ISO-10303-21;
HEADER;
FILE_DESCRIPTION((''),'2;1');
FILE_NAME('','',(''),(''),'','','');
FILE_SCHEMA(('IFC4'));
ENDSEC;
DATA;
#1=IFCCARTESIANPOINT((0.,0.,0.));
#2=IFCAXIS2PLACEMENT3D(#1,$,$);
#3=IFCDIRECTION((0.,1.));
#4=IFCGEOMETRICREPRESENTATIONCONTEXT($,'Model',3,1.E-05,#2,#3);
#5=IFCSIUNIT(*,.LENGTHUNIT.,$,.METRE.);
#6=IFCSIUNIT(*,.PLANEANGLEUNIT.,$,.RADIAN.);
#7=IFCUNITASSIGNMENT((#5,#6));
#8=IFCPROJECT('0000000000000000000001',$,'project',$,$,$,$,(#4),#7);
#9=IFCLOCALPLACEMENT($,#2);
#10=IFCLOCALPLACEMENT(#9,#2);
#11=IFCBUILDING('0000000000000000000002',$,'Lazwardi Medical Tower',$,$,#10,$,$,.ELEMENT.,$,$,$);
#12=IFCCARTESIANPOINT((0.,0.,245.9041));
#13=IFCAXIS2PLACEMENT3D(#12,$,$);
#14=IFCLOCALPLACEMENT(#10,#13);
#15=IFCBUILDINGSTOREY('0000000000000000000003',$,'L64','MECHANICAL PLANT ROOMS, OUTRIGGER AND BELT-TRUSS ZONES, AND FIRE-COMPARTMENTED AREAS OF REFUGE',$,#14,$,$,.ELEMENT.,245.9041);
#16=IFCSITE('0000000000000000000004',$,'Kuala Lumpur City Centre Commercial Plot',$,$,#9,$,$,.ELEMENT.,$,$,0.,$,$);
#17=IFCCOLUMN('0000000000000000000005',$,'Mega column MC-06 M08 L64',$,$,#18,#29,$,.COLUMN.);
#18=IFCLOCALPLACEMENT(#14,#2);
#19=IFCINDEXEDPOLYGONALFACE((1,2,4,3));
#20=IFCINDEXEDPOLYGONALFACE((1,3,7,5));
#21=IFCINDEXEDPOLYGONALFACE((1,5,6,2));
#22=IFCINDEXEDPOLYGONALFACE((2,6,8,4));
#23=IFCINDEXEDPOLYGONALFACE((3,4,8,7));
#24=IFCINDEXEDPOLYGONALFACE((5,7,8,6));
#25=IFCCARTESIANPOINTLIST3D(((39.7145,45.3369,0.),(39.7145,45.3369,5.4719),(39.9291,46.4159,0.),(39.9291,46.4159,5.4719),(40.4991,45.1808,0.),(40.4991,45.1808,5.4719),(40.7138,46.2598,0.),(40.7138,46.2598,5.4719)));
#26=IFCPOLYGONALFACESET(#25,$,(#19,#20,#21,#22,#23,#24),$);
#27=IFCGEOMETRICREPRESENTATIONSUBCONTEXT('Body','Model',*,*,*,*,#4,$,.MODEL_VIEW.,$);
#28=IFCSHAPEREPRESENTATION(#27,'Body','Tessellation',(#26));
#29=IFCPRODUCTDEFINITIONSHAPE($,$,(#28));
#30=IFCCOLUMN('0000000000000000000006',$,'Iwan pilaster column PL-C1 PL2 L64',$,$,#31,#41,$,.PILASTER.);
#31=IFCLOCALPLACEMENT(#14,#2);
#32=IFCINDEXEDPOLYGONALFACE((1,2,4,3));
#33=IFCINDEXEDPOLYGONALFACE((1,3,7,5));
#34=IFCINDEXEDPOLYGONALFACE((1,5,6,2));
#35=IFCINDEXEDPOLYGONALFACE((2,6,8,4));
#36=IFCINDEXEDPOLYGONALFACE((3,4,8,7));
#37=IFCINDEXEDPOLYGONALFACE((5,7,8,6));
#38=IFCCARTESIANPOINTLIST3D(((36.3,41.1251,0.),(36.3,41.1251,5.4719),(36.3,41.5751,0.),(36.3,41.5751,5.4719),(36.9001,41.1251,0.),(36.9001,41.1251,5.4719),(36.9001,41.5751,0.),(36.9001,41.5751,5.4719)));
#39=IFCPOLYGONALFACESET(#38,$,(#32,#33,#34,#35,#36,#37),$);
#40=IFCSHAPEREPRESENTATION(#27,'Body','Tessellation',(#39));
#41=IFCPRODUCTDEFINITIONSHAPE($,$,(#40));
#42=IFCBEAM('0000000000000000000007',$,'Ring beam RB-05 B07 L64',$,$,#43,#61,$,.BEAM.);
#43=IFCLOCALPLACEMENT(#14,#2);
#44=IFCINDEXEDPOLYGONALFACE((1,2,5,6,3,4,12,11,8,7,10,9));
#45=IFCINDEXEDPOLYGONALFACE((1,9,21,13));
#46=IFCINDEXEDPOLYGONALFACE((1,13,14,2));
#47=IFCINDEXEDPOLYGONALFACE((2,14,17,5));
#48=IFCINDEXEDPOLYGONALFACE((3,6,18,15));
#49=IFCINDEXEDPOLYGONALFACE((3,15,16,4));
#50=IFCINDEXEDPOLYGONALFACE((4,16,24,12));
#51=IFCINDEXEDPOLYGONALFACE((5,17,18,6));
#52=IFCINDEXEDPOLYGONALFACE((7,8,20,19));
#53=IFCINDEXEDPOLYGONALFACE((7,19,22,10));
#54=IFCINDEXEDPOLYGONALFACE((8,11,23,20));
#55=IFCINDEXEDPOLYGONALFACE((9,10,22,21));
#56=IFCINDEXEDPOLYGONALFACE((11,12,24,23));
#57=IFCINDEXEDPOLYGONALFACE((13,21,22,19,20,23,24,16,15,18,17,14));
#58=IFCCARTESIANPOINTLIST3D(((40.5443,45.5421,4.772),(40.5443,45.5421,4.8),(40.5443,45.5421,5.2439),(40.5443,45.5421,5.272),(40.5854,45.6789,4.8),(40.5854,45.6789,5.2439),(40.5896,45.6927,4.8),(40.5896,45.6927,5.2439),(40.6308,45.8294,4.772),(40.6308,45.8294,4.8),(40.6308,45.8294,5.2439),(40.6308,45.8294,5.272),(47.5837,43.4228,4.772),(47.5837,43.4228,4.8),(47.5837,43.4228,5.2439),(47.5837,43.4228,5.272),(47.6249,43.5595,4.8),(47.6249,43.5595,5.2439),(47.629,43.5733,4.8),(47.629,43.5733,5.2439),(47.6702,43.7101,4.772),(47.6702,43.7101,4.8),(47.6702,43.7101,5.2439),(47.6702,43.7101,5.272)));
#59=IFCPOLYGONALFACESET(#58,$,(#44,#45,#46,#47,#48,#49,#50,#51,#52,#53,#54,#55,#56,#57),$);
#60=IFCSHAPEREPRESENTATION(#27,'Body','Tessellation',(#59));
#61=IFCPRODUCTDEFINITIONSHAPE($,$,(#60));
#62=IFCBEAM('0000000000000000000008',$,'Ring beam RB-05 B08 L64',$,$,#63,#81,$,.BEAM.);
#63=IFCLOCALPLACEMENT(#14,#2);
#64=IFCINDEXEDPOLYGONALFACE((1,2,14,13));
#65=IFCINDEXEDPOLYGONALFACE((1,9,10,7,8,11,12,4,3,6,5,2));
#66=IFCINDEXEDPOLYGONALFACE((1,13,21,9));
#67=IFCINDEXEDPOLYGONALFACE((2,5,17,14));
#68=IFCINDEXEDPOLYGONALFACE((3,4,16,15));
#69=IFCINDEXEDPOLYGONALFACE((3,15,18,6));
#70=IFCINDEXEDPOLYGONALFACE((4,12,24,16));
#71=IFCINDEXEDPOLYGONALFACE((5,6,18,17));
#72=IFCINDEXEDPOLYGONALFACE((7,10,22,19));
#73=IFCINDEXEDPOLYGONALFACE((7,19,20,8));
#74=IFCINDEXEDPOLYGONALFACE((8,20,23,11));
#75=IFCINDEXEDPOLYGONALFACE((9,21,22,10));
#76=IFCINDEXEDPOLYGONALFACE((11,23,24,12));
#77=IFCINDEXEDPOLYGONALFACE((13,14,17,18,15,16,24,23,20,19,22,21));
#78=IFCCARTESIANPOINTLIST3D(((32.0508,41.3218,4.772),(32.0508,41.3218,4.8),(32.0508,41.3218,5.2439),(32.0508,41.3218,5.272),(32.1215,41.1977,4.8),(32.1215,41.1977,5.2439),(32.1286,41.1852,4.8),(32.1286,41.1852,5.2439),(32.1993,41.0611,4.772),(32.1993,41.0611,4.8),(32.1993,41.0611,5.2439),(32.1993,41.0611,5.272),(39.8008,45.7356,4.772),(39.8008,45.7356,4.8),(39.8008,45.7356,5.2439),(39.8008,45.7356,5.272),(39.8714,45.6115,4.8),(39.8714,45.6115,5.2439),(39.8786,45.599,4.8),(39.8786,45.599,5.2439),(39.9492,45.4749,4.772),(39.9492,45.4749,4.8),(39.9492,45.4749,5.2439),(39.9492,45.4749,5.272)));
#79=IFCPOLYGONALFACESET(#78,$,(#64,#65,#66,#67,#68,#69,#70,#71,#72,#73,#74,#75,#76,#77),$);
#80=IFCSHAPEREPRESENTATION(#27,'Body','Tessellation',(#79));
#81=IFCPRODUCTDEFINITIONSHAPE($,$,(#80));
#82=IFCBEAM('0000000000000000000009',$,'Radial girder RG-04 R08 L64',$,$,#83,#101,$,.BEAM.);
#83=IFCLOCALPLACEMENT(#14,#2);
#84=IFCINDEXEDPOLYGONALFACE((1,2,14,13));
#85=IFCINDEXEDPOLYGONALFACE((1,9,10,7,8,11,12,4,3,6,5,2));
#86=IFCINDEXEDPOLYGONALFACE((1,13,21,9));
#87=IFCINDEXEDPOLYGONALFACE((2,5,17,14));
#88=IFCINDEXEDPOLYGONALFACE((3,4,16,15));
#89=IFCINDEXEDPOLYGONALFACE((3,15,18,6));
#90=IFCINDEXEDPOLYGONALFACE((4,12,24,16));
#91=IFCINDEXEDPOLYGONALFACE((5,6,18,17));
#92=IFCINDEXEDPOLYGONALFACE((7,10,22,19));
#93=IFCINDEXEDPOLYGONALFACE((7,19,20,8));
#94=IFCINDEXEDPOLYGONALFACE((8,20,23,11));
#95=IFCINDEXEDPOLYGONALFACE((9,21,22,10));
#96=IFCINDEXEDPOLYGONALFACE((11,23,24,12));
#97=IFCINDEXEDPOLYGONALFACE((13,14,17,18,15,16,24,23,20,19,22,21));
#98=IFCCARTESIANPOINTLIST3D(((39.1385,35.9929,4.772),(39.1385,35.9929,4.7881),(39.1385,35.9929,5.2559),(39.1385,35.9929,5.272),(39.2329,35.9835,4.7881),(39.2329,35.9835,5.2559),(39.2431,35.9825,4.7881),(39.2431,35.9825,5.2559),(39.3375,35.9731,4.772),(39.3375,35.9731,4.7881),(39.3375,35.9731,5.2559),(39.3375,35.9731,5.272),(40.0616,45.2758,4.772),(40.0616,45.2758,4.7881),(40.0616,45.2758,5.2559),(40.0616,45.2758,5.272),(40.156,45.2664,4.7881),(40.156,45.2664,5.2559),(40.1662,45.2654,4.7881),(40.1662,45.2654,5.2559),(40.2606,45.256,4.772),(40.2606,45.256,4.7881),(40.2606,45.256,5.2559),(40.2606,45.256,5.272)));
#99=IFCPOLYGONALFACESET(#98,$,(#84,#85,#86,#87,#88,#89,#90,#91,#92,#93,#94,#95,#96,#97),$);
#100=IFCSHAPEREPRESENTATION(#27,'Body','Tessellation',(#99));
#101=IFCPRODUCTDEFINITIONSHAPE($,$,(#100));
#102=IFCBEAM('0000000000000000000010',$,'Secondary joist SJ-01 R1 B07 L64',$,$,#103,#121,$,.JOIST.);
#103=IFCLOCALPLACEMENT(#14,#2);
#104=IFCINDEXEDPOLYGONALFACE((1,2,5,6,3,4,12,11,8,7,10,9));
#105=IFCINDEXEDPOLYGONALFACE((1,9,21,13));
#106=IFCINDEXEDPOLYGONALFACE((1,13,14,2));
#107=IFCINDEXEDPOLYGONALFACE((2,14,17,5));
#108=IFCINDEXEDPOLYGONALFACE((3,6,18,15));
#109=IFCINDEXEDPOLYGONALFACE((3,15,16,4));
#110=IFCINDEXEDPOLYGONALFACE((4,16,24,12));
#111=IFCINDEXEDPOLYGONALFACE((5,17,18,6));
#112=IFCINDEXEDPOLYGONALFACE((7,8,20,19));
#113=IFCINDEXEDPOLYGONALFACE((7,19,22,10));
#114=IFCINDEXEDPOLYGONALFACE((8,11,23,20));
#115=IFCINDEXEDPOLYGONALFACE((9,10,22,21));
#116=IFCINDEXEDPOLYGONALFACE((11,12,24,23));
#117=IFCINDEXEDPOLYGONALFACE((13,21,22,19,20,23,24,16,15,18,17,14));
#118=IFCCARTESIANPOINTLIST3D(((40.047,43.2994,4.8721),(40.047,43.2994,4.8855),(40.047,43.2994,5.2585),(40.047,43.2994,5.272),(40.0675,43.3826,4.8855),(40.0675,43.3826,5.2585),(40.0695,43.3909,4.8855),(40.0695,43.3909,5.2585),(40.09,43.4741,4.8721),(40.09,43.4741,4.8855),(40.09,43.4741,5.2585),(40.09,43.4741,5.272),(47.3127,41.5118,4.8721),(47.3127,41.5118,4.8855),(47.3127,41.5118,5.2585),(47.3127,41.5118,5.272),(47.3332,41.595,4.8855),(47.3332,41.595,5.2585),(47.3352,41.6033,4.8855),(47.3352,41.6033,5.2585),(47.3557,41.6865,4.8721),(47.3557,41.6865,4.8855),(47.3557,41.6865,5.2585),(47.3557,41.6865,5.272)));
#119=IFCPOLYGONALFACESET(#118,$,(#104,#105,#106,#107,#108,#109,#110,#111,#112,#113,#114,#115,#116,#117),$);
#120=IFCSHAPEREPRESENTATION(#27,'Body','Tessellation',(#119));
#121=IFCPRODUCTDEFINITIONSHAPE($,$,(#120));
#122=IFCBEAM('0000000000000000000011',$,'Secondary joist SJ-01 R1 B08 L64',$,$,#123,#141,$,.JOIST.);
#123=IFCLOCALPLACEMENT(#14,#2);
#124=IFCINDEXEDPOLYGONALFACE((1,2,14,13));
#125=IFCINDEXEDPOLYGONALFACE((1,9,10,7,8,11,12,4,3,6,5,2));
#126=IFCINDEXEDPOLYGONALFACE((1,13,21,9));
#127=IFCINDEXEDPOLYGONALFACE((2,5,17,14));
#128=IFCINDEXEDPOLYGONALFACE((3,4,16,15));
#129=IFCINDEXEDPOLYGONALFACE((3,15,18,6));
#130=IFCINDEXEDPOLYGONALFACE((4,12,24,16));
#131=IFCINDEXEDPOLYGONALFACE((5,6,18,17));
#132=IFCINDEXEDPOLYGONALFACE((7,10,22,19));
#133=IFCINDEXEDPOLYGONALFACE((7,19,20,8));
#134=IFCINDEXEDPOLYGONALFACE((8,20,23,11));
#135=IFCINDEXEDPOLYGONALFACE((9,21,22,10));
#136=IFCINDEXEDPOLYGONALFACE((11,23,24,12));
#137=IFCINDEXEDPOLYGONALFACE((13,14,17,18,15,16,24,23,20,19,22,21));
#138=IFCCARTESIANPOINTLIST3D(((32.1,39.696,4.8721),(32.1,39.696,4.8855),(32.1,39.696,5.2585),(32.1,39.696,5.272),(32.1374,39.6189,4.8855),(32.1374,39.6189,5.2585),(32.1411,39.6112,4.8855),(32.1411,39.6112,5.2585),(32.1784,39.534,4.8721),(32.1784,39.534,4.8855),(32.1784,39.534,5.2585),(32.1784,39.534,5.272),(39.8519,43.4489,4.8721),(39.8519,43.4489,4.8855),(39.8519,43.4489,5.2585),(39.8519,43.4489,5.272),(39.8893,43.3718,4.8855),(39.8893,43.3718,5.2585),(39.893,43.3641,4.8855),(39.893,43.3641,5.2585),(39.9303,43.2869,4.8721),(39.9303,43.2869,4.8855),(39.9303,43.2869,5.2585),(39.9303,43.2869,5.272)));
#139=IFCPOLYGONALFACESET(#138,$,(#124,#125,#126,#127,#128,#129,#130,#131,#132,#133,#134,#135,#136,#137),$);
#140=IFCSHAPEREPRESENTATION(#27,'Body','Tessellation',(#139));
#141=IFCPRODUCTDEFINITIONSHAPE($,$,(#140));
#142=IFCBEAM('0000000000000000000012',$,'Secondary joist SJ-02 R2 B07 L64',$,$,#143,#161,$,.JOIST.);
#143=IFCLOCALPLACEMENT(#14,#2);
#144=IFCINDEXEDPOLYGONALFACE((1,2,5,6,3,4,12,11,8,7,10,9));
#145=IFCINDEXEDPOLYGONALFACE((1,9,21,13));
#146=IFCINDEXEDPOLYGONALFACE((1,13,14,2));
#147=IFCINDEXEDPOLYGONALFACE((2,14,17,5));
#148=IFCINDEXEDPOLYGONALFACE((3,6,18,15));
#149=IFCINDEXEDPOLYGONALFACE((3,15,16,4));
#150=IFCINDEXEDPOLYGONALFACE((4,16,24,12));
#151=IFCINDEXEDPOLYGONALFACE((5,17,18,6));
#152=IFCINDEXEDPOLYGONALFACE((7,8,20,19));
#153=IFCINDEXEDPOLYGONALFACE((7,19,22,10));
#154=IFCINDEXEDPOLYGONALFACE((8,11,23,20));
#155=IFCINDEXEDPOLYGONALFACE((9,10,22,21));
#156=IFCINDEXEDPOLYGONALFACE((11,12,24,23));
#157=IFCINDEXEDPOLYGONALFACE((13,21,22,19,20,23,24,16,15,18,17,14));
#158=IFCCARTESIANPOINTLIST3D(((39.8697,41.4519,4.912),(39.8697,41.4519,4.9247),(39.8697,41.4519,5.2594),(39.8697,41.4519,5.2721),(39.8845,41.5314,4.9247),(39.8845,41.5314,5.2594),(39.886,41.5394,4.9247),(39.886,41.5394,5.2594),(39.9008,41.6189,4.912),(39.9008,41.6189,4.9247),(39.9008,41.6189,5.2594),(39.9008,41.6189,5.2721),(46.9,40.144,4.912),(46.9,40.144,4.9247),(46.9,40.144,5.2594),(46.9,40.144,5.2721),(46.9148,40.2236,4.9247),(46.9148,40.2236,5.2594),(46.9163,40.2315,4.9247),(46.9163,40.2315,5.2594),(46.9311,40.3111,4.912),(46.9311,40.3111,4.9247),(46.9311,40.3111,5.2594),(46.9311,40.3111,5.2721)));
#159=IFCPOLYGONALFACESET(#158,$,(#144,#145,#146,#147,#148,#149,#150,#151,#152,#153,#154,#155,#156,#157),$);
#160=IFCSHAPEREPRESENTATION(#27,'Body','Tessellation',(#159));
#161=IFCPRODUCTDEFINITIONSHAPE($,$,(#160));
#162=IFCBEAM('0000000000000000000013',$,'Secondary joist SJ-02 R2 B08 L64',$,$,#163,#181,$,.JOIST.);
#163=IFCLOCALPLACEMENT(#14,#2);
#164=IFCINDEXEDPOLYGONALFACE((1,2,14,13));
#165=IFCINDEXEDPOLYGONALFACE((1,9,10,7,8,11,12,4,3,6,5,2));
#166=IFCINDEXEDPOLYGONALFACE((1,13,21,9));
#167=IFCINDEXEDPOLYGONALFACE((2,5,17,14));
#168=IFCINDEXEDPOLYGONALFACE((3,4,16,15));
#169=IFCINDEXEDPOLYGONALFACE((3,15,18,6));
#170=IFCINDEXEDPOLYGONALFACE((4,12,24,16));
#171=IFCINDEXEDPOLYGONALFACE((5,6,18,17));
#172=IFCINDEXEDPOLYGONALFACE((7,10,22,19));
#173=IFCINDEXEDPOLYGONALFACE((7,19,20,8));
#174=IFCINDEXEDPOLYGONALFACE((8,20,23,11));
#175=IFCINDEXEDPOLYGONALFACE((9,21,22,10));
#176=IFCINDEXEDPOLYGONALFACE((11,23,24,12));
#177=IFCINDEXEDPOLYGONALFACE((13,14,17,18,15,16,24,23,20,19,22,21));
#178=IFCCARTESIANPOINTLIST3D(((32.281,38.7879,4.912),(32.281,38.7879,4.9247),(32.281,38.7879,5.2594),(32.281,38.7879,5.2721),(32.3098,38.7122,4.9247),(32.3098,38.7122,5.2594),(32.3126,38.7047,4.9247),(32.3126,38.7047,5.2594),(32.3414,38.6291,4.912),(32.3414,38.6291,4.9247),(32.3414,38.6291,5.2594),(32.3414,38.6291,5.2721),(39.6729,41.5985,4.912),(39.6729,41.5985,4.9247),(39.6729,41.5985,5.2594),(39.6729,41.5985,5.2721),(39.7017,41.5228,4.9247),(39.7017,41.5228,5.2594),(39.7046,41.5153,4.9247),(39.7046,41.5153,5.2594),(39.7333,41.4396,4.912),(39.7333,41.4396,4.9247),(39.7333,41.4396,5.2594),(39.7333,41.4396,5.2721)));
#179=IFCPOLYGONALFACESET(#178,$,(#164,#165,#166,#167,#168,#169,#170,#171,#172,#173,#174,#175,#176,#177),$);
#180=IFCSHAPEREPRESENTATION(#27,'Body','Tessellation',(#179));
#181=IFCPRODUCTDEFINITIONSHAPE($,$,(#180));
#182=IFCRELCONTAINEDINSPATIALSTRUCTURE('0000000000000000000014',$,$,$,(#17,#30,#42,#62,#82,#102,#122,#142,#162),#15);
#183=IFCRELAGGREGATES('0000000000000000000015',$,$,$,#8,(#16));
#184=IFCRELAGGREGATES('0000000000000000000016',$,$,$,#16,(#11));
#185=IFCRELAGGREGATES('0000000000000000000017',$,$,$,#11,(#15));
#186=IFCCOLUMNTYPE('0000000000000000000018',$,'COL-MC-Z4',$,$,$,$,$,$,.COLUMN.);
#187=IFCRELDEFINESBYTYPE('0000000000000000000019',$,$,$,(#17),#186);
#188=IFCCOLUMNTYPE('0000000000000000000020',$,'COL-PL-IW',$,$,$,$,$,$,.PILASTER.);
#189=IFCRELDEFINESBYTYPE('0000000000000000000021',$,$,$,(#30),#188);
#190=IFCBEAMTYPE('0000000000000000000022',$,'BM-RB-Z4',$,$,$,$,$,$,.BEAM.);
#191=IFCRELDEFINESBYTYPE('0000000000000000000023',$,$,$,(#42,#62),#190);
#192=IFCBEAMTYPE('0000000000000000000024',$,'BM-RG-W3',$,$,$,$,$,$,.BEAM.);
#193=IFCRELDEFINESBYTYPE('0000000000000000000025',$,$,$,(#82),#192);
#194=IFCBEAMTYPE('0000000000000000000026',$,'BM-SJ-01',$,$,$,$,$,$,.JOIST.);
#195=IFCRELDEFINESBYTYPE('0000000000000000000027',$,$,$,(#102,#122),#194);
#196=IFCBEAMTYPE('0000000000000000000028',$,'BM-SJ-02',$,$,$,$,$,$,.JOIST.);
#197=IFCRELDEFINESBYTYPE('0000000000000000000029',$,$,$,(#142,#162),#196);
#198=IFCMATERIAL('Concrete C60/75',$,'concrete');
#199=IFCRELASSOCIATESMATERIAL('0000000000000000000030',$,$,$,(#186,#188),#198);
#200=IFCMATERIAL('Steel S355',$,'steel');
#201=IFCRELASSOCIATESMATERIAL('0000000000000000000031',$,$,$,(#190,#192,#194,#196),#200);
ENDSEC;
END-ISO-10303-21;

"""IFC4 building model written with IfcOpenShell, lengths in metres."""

from ifc_helpers import new_model, si_unit, direction, frame, origin, origin_2d, place, context, subcontext, project, spatial, rectangle, i_section, extrude, material, material_profile, profile_set, type_object, element, save


model = new_model("IFC4")

# Units and contexts
model_context = context("Model", 3, precision=1e-05, world=origin(), true_north=direction((0.0, 1.0)))
body_context = subcontext(model_context, "Body", "Model", "MODEL_VIEW")
ifc_project = project(units=[si_unit("LENGTHUNIT", "METRE"), si_unit("PLANEANGLEUNIT", "RADIAN")], contexts=[model_context])

# Site, building, storey
site_placement = place(None, origin())
site = spatial("IfcSite", under=ifc_project, at=site_placement, Name="Kuala Lumpur City Centre Commercial Plot", CompositionType="ELEMENT", RefElevation=0.0)
building_placement = place(site_placement, origin())
building = spatial("IfcBuilding", under=site, at=building_placement, Name="Lazwardi Medical Tower", CompositionType="ELEMENT")
storey_placement = place(building_placement, frame((0.0, 0.0, 245.9041)))
storey = spatial("IfcBuildingStorey", under=building, at=storey_placement, Name="L64", Description="MECHANICAL PLANT ROOMS, OUTRIGGER AND BELT-TRUSS ZONES, AND FIRE-COMPARTMENTED AREAS OF REFUGE", CompositionType="ELEMENT", Elevation=245.9041)

# Columns
ifc_material_1 = material(Name="Concrete C60/75", Category="concrete")
ifc_material_profile_1 = material_profile(ifc_material_1, rectangle(XDim=1.1001, YDim=0.8, at=origin_2d()), Name="CFT-RECT 1100x800")
ifc_profile_set_1 = profile_set([ifc_material_profile_1], Name="Concrete C60/75")
column_type_1 = type_object("IfcColumnType", Name="COL-MC-Z4", PredefinedType="COLUMN", material=ifc_profile_set_1)
column_1_placement = place(storey_placement, frame((40.2141, 45.7983, 0.0), z_axis=(0.0, 0.0, 1.0), x_axis=(0.19509, 0.980785, 0.0)))
element("IfcColumn", 1, at=column_1_placement, inside=storey, type_object=column_type_1, Name="Mega column MC-06 M08 L64", PredefinedType="COLUMN", context=body_context, shape_type="SweptSolid", body=[
    extrude(rectangle(XDim=1.1001, YDim=0.8, at=origin_2d()), origin(), (0.0, 0.0, 1.0), 5.4719),
])
ifc_material_profile_2 = material_profile(ifc_material_1, rectangle(XDim=0.6001, YDim=0.45, at=origin_2d()), Name="RC 600x450")
ifc_profile_set_2 = profile_set([ifc_material_profile_2], Name="Concrete C60/75")
column_type_2 = type_object("IfcColumnType", Name="COL-PL-IW", PredefinedType="PILASTER", material=ifc_profile_set_2)
column_2_placement = place(storey_placement, frame((36.6001, 41.3501, 0.0), z_axis=(0.0, 0.0, 1.0), x_axis=(1.0, 0.0, 0.0)))
element("IfcColumn", 2, at=column_2_placement, inside=storey, type_object=column_type_2, Name="Iwan pilaster column PL-C1 PL2 L64", PredefinedType="PILASTER", context=body_context, shape_type="SweptSolid", body=[
    extrude(rectangle(XDim=0.6001, YDim=0.45, at=origin_2d()), origin(), (0.0, 0.0, 1.0), 5.4719),
])

# Beams
ifc_material_2 = material(Name="Steel S355", Category="steel")
ifc_material_profile_3 = material_profile(ifc_material_2, i_section(OverallWidth=0.3, OverallDepth=0.5, WebThickness=0.0144, FlangeThickness=0.0281, at=origin_2d()), Name="HEB 500")
ifc_profile_set_3 = profile_set([ifc_material_profile_3], Name="Steel S355")
beam_type_1 = type_object("IfcBeamType", Name="BM-RB-Z4", PredefinedType="BEAM", material=ifc_profile_set_3)
beam_1_placement = place(storey_placement, frame((47.627, 43.5664, 5.022), z_axis=(-0.957544, 0.288286, 0.0), x_axis=(-0.288286, -0.957544, 0.0)))
element("IfcBeam", 3, at=beam_1_placement, inside=storey, type_object=beam_type_1, Name="Ring beam RB-05 B07 L64", PredefinedType="BEAM", context=body_context, shape_type="SweptSolid", body=[
    extrude(i_section(OverallWidth=0.3, OverallDepth=0.5, WebThickness=0.0144, FlangeThickness=0.0281, at=origin_2d()), origin(), (0.0, 0.0, 1.0), 7.3516),
])
beam_2_placement = place(storey_placement, frame((39.875, 45.6052, 5.022), z_axis=(-0.868955, -0.494891, 0.0), x_axis=(0.494891, -0.868955, 0.0)))
element("IfcBeam", 4, at=beam_2_placement, inside=storey, type_object=beam_type_1, Name="Ring beam RB-05 B08 L64", PredefinedType="BEAM", context=body_context, shape_type="SweptSolid", body=[
    extrude(i_section(OverallWidth=0.3, OverallDepth=0.5, WebThickness=0.0144, FlangeThickness=0.0281, at=origin_2d()), origin(), (0.0, 0.0, 1.0), 8.9187),
])
ifc_material_profile_4 = material_profile(ifc_material_2, i_section(OverallWidth=0.2, OverallDepth=0.5, WebThickness=0.0103, FlangeThickness=0.0161, at=origin_2d()), Name="IPE 500")
ifc_profile_set_4 = profile_set([ifc_material_profile_4], Name="Steel S355")
beam_type_2 = type_object("IfcBeamType", Name="BM-RG-W3", PredefinedType="BEAM", material=ifc_profile_set_4)
beam_3_placement = place(storey_placement, frame((40.1611, 45.2659, 5.022), z_axis=(-0.098954, -0.995092, 0.0), x_axis=(0.995092, -0.098954, 0.0)))
element("IfcBeam", 5, at=beam_3_placement, inside=storey, type_object=beam_type_2, Name="Radial girder RG-04 R08 L64", PredefinedType="BEAM", context=body_context, shape_type="SweptSolid", body=[
    extrude(i_section(OverallWidth=0.2, OverallDepth=0.5, WebThickness=0.0103, FlangeThickness=0.0161, at=origin_2d()), origin(), (0.0, 0.0, 1.0), 9.3286),
])
ifc_material_profile_5 = material_profile(ifc_material_2, i_section(OverallWidth=0.1799, OverallDepth=0.3999, WebThickness=0.0085, FlangeThickness=0.0134, at=origin_2d()), Name="IPE 400")
ifc_profile_set_5 = profile_set([ifc_material_profile_5], Name="Steel S355")
beam_type_3 = type_object("IfcBeamType", Name="BM-SJ-01", PredefinedType="JOIST", material=ifc_profile_set_5)
beam_4_placement = place(storey_placement, frame((47.3342, 41.5991, 5.072), z_axis=(-0.971042, 0.23891, 0.0), x_axis=(-0.23891, -0.971042, 0.0)))
element("IfcBeam", 6, at=beam_4_placement, inside=storey, type_object=beam_type_3, Name="Secondary joist SJ-01 R1 B07 L64", PredefinedType="JOIST", context=body_context, shape_type="SweptSolid", body=[
    extrude(i_section(OverallWidth=0.1799, OverallDepth=0.3999, WebThickness=0.0085, FlangeThickness=0.0134, at=origin_2d()), origin(), (0.0, 0.0, 1.0), 7.4824),
])
beam_5_placement = place(storey_placement, frame((39.8911, 43.3679, 5.072), z_axis=(-0.900069, -0.435748, 0.0), x_axis=(0.435748, -0.900069, 0.0)))
element("IfcBeam", 7, at=beam_5_placement, inside=storey, type_object=beam_type_3, Name="Secondary joist SJ-01 R1 B08 L64", PredefinedType="JOIST", context=body_context, shape_type="SweptSolid", body=[
    extrude(i_section(OverallWidth=0.1799, OverallDepth=0.3999, WebThickness=0.0085, FlangeThickness=0.0134, at=origin_2d()), origin(), (0.0, 0.0, 1.0), 8.6125),
])
ifc_material_profile_6 = material_profile(ifc_material_2, i_section(OverallWidth=0.1699, OverallDepth=0.3601, WebThickness=0.0081, FlangeThickness=0.0127, at=origin_2d()), Name="IPE 360")
ifc_profile_set_6 = profile_set([ifc_material_profile_6], Name="Steel S355")
beam_type_4 = type_object("IfcBeamType", Name="BM-SJ-02", PredefinedType="JOIST", material=ifc_profile_set_6)
beam_6_placement = place(storey_placement, frame((46.9155, 40.2275, 5.092), z_axis=(-0.983132, 0.182895, 0.0), x_axis=(-0.182895, -0.983132, 0.0)))
element("IfcBeam", 8, at=beam_6_placement, inside=storey, type_object=beam_type_4, Name="Secondary joist SJ-02 R2 B07 L64", PredefinedType="JOIST", context=body_context, shape_type="SweptSolid", body=[
    extrude(i_section(OverallWidth=0.1699, OverallDepth=0.3601, WebThickness=0.0081, FlangeThickness=0.0127, at=origin_2d()), origin(), (0.0, 0.0, 1.0), 7.1509),
])
beam_7_placement = place(storey_placement, frame((39.7031, 41.519, 5.092), z_axis=(-0.934714, -0.3554, 0.0), x_axis=(0.3554, -0.934714, 0.0)))
element("IfcBeam", 9, at=beam_7_placement, inside=storey, type_object=beam_type_4, Name="Secondary joist SJ-02 R2 B08 L64", PredefinedType="JOIST", context=body_context, shape_type="SweptSolid", body=[
    extrude(i_section(OverallWidth=0.1699, OverallDepth=0.3601, WebThickness=0.0081, FlangeThickness=0.0127, at=origin_2d()), origin(), (0.0, 0.0, 1.0), 7.9082),
])

save(model, "model.ifc")
